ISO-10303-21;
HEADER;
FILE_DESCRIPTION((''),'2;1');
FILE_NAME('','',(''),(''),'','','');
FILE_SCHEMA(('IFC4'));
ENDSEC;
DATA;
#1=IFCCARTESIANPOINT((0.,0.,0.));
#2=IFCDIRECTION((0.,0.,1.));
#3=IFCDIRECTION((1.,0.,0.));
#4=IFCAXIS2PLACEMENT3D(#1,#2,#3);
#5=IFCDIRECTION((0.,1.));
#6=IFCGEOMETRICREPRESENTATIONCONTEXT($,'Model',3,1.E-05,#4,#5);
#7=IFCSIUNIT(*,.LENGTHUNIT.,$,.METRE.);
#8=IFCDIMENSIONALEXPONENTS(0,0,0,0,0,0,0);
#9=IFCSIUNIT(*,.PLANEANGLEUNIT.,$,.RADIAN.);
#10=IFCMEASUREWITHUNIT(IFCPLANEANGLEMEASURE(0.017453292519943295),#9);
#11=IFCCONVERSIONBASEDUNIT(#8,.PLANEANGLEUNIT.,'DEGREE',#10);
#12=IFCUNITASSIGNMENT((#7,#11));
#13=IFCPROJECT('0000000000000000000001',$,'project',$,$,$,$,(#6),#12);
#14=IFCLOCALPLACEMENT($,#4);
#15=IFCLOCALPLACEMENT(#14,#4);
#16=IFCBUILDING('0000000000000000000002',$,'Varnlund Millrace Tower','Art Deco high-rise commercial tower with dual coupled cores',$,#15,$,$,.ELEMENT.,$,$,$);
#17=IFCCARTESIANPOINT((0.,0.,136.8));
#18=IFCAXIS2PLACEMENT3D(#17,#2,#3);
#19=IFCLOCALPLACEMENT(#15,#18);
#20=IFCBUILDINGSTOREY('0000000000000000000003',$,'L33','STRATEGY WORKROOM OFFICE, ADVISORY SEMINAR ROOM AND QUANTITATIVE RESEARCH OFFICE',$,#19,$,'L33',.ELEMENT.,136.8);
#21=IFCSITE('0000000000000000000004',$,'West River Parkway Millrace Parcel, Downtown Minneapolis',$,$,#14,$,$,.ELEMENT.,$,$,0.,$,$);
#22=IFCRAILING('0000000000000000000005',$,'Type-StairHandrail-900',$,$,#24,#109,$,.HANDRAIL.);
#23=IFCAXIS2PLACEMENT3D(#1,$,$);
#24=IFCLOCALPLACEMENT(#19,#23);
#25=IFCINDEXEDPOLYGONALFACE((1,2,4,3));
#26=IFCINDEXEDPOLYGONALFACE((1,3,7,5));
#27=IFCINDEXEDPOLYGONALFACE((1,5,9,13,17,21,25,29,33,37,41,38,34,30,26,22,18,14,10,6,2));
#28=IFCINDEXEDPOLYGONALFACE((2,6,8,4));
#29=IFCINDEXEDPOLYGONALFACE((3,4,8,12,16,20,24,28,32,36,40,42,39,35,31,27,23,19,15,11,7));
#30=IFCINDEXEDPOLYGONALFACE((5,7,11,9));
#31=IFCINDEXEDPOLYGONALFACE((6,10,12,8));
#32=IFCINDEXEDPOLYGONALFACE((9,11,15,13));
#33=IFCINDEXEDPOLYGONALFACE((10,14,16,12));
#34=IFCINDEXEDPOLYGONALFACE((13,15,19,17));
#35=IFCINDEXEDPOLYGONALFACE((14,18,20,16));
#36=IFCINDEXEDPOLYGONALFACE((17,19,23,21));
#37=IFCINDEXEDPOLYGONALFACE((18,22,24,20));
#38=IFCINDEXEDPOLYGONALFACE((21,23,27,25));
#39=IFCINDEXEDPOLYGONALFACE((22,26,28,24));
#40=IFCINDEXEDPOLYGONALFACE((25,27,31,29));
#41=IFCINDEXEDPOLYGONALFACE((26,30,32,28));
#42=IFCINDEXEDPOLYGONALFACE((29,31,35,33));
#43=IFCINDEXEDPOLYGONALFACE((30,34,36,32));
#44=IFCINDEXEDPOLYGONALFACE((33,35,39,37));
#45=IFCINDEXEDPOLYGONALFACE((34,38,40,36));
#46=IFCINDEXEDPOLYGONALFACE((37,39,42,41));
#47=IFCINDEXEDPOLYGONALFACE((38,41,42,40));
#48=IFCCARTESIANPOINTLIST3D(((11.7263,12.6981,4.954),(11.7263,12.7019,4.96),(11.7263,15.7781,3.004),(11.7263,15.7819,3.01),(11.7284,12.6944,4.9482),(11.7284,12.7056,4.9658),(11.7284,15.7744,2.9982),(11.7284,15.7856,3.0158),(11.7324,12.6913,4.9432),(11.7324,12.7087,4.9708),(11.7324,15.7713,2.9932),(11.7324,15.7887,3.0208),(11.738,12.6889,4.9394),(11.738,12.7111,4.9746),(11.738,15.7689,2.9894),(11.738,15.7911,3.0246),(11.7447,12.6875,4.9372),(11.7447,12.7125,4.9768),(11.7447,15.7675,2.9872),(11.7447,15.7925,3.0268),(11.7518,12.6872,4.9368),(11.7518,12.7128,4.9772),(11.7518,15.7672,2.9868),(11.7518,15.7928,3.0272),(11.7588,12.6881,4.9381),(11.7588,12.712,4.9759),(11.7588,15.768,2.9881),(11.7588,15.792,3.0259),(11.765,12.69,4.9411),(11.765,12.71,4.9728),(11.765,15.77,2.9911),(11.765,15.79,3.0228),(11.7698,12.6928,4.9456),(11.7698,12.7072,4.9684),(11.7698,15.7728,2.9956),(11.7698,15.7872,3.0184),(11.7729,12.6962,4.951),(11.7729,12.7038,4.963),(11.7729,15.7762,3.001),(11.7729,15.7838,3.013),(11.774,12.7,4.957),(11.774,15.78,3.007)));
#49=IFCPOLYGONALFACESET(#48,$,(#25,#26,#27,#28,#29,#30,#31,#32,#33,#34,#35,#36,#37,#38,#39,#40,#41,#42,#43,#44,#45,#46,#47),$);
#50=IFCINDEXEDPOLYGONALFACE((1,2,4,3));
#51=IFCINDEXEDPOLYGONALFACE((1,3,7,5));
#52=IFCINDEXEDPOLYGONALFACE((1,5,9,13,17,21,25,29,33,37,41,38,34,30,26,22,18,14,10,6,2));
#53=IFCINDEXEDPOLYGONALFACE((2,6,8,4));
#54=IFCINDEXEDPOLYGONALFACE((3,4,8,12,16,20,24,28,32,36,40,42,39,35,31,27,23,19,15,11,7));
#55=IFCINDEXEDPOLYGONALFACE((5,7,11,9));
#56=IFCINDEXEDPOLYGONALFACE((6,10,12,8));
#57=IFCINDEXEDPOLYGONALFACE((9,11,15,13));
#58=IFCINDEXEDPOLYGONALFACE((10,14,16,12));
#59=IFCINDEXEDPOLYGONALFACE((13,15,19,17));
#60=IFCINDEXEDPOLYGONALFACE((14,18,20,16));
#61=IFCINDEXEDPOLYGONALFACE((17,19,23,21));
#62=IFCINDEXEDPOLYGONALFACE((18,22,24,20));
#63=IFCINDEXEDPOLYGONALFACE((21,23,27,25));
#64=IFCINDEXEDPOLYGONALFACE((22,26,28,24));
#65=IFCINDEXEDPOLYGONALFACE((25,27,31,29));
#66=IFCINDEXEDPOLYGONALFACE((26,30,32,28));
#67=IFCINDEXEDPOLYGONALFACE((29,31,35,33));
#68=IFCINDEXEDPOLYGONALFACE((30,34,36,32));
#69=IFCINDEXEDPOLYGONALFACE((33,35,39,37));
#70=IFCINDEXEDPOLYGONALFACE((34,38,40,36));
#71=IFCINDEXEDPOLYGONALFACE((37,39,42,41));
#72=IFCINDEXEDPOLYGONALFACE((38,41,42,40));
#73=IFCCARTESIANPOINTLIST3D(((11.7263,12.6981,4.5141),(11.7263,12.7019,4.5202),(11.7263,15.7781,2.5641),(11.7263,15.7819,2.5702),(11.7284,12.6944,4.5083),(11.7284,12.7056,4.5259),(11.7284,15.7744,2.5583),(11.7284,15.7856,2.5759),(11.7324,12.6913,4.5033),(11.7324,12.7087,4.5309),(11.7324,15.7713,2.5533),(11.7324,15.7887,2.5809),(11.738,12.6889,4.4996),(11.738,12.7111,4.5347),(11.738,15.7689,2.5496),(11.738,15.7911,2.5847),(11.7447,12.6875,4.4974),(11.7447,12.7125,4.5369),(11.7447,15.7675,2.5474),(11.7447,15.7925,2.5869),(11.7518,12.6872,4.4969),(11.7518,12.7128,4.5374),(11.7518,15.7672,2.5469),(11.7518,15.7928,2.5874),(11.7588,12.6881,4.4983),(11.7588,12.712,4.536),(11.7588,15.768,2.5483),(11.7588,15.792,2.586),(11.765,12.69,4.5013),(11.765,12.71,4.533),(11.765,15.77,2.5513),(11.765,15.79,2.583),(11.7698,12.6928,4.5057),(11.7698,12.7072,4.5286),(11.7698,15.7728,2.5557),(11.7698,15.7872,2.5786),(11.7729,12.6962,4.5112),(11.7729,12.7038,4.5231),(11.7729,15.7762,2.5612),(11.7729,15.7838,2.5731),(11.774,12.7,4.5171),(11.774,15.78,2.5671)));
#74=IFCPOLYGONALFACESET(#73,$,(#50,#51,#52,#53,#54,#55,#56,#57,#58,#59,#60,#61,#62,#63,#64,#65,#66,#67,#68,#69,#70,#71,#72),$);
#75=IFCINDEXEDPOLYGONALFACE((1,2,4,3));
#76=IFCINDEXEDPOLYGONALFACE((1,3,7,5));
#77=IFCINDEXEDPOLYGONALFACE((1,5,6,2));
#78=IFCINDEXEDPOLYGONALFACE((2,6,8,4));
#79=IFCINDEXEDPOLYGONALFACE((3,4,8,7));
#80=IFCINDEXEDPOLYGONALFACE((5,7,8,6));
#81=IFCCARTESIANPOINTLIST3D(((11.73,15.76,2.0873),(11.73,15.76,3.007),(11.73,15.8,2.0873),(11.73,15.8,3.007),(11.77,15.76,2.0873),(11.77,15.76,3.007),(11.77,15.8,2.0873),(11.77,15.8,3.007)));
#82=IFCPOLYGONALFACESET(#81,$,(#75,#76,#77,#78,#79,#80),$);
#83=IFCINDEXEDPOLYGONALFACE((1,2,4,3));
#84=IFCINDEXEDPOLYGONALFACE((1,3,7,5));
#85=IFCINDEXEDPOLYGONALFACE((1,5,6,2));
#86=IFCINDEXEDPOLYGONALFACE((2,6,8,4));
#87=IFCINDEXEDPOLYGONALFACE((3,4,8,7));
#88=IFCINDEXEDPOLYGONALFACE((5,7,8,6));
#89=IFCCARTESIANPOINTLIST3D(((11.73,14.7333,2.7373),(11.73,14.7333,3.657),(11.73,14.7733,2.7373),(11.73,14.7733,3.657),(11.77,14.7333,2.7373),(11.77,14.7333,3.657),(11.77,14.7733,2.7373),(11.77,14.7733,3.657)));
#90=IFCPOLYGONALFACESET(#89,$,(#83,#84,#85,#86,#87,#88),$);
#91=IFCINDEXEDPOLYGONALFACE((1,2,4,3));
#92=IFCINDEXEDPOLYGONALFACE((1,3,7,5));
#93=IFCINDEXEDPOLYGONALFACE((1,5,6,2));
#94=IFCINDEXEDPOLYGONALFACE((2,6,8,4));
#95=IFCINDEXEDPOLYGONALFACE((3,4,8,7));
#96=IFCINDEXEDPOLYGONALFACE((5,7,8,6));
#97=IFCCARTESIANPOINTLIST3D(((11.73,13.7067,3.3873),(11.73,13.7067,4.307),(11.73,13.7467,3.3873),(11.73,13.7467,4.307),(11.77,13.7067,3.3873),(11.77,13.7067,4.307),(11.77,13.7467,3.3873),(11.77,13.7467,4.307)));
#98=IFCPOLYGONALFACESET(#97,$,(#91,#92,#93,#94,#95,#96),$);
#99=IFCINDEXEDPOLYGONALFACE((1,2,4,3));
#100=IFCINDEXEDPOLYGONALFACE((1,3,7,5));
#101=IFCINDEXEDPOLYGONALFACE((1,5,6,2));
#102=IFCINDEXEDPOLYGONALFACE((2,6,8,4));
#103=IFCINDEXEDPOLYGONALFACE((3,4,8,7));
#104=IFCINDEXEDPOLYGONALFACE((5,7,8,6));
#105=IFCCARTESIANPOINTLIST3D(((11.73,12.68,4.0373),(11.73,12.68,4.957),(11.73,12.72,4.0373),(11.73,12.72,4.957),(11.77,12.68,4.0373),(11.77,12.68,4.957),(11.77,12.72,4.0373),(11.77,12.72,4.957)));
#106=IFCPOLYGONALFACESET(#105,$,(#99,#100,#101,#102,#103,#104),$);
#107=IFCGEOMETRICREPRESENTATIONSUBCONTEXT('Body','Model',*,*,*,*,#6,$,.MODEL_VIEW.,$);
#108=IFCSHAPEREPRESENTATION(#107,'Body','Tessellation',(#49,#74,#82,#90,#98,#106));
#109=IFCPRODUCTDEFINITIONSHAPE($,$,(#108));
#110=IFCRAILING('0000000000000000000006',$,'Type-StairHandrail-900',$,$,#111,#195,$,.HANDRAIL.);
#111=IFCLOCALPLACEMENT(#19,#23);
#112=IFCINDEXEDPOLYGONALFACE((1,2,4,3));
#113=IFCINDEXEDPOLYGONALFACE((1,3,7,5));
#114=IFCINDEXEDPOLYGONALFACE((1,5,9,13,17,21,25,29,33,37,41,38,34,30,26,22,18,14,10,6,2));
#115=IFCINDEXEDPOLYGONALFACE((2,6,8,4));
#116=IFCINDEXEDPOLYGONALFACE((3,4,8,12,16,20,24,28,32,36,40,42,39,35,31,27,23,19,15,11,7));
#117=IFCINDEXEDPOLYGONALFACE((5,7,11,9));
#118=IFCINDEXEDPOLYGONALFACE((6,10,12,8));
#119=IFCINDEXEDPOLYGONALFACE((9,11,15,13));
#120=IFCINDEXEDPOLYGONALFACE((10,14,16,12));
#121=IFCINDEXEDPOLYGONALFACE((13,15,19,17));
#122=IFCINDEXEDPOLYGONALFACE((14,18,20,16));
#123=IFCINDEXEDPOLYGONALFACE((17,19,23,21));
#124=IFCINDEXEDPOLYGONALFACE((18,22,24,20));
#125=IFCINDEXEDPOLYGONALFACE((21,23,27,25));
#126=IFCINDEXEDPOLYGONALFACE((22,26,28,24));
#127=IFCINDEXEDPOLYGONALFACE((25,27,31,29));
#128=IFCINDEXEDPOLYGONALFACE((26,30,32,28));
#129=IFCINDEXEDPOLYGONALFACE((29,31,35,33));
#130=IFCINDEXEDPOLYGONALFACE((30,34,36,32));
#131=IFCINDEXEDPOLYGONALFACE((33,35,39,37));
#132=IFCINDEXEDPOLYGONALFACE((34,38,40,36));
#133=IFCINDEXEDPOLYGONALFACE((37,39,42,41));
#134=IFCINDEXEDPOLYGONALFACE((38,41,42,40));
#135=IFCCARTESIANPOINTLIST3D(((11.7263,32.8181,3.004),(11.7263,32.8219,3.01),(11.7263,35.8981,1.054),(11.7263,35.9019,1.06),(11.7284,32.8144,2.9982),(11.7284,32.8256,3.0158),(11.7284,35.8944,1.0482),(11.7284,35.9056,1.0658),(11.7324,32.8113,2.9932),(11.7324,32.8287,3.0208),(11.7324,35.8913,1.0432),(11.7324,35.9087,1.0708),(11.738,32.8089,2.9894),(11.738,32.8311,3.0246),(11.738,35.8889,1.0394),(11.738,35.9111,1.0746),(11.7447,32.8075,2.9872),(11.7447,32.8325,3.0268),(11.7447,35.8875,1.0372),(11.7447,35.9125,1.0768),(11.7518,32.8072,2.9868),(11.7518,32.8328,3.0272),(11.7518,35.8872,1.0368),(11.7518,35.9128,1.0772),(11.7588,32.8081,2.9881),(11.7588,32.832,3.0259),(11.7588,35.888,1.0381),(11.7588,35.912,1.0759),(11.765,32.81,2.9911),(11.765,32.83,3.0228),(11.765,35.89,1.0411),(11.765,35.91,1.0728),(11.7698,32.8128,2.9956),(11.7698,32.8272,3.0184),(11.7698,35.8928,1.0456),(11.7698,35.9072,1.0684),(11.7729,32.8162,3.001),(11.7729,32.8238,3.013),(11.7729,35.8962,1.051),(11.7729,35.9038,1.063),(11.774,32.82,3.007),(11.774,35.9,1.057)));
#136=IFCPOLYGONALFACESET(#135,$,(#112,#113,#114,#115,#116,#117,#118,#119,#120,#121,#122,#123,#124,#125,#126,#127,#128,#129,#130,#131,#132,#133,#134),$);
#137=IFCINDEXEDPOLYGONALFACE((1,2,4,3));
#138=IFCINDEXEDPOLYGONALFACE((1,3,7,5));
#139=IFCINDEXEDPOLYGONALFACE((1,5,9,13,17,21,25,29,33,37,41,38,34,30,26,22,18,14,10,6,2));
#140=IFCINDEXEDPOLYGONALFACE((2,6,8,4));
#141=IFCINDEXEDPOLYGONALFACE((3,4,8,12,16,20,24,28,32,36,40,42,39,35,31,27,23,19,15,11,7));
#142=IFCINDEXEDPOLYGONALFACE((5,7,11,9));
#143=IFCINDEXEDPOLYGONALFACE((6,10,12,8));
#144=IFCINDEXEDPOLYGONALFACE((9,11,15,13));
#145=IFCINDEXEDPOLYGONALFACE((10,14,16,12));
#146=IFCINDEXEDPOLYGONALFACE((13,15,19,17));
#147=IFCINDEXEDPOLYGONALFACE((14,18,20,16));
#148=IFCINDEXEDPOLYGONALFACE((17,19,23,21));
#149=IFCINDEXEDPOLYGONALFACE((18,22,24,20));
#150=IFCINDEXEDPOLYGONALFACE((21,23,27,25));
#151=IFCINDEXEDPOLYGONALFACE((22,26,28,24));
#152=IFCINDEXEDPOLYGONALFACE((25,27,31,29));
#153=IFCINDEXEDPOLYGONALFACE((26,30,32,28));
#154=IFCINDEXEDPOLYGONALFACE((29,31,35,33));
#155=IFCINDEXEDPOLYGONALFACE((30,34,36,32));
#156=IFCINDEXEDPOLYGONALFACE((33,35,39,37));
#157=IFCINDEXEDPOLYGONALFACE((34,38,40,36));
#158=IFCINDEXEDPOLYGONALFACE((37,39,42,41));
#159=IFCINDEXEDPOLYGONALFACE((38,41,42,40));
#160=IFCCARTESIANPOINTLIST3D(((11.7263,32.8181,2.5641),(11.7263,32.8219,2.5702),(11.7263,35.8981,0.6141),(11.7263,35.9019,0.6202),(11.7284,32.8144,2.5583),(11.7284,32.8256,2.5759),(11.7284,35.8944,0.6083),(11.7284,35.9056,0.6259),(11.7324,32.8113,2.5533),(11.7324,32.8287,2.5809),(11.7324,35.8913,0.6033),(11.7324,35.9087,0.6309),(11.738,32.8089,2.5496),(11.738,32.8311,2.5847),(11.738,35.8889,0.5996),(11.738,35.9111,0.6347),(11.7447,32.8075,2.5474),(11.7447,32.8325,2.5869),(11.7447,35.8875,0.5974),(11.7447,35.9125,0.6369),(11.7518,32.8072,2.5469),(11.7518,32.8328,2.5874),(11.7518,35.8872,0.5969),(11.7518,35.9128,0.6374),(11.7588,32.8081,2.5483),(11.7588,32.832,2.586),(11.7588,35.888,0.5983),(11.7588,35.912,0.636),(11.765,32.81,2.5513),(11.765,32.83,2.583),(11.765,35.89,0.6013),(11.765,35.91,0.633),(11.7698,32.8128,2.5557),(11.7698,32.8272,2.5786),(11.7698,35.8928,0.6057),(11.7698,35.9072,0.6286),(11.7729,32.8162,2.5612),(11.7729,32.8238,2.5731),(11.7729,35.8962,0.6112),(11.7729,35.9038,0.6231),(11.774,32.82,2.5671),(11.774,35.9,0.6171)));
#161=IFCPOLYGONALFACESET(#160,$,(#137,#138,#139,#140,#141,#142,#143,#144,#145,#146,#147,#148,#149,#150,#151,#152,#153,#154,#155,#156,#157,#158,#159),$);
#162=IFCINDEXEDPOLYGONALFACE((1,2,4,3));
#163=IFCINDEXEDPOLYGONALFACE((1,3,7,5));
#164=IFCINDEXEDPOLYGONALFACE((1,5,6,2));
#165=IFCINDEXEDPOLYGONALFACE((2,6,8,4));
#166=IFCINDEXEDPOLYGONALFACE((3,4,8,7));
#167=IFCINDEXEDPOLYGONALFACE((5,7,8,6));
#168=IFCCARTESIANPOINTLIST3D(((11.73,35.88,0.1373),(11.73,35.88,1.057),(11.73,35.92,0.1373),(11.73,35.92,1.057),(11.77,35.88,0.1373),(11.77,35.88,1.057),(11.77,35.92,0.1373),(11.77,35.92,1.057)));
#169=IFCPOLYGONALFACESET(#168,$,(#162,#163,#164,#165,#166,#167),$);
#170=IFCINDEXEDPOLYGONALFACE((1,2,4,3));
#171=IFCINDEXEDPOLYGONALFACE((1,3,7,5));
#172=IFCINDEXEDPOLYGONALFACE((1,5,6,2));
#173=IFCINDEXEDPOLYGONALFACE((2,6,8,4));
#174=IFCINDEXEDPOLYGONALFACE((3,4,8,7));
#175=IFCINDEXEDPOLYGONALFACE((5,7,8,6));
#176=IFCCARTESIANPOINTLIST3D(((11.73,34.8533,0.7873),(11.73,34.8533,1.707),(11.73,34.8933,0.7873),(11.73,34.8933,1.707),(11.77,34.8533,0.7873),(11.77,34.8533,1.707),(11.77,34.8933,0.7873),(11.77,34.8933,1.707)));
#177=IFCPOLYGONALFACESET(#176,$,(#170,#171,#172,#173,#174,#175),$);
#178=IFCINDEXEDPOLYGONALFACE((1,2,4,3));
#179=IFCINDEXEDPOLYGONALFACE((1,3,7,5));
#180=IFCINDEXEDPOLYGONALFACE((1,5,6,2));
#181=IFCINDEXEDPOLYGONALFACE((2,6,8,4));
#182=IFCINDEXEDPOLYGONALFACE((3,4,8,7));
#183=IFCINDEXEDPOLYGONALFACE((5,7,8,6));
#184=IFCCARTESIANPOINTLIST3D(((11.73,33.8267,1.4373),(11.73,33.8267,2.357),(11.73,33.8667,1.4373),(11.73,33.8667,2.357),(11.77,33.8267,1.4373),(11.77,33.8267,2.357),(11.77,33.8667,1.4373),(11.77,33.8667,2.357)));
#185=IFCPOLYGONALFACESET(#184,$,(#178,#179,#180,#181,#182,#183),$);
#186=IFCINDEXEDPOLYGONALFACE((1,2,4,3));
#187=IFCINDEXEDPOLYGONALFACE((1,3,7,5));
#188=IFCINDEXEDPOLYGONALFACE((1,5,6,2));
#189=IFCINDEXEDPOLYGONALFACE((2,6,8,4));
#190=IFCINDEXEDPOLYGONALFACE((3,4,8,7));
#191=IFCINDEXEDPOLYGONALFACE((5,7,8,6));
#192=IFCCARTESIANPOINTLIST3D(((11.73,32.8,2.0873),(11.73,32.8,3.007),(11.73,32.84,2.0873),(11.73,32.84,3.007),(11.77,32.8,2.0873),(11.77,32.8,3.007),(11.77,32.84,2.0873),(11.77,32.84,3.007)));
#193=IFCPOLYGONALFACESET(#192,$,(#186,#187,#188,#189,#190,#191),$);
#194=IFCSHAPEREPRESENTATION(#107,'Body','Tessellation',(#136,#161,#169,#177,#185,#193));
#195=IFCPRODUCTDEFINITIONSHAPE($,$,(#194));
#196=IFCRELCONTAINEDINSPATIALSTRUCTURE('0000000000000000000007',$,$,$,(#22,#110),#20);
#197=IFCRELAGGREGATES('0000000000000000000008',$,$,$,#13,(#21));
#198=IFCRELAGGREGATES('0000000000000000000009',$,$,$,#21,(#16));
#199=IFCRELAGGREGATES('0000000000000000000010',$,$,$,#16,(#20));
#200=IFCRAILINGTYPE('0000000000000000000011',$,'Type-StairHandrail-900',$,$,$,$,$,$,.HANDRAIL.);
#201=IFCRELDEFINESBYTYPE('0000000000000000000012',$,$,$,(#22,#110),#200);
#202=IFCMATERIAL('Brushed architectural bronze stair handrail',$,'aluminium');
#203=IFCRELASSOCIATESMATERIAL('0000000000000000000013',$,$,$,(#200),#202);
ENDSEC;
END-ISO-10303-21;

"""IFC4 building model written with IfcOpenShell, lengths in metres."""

from ifc_helpers import new_model, entity, si_unit, converted_unit, direction, frame, origin_with_axes, origin_2d_with_axis, place, context, subcontext, project, spatial, rectangle, circle, extrude, material, type_object, element, save


model = new_model("IFC4")

# Units and contexts
model_context = context("Model", 3, precision=1e-05, world=origin_with_axes(), true_north=direction((0.0, 1.0)))
body_context = subcontext(model_context, "Body", "Model", "MODEL_VIEW")
ifc_project = project(units=[si_unit("LENGTHUNIT", "METRE"), converted_unit("PLANEANGLEUNIT", "DEGREE", entity("IfcPlaneAngleMeasure", 0.017453292519943295), si_unit("PLANEANGLEUNIT", "RADIAN"), dimensions=[0, 0, 0, 0, 0, 0, 0])], contexts=[model_context])

# Site, building, storey
site_placement = place(None, origin_with_axes())
site = spatial("IfcSite", under=ifc_project, at=site_placement, Name="West River Parkway Millrace Parcel, Downtown Minneapolis", CompositionType="ELEMENT", RefElevation=0.0)
building_placement = place(site_placement, origin_with_axes())
building = spatial("IfcBuilding", under=site, at=building_placement, Name="Varnlund Millrace Tower", Description="Art Deco high-rise commercial tower with dual coupled cores", CompositionType="ELEMENT")
storey_placement = place(building_placement, frame((0.0, 0.0, 136.8), z_axis=(0.0, 0.0, 1.0), x_axis=(1.0, 0.0, 0.0)))
storey = spatial("IfcBuildingStorey", under=building, at=storey_placement, Name="L33", Description="STRATEGY WORKROOM OFFICE, ADVISORY SEMINAR ROOM AND QUANTITATIVE RESEARCH OFFICE", LongName="L33", CompositionType="ELEMENT", Elevation=136.8)

# Railings
ifc_material_1 = material(Name="Brushed architectural bronze stair handrail", Category="aluminium")
railing_type_1 = type_object("IfcRailingType", Name="Type-StairHandrail-900", PredefinedType="HANDRAIL", material=ifc_material_1)
railing_1_placement = place(storey_placement, frame((0.0, 0.0, -136.8), z_axis=(0.0, 0.0, 1.0), x_axis=(1.0, 0.0, 0.0)))
element("IfcRailing", 1, at=railing_1_placement, inside=storey, type_object=railing_type_1, Name="Type-StairHandrail-900", PredefinedType="HANDRAIL", context=body_context, shape_type="SweptSolid", body=[
    extrude(circle(Radius=0.024, at=origin_2d_with_axis()), frame((11.75, 15.78, 139.807), z_axis=(0.0, -0.844902, 0.534922), x_axis=(1.0, 0.0, 0.0)), (0.0, 0.0, 1.0), 3.6454),
    extrude(circle(Radius=0.024, at=origin_2d_with_axis()), frame((11.75, 15.78, 139.3671), z_axis=(0.0, -0.844902, 0.534922), x_axis=(1.0, 0.0, 0.0)), (0.0, 0.0, 1.0), 3.6454),
    extrude(rectangle(XDim=0.04, YDim=0.04, at=origin_2d_with_axis()), frame((11.75, 15.78, 138.8873), z_axis=(0.0, 0.0, 1.0), x_axis=(1.0, 0.0, 0.0)), (0.0, 0.0, 1.0), 0.9197),
    extrude(rectangle(XDim=0.04, YDim=0.04, at=origin_2d_with_axis()), frame((11.75, 14.7533, 139.5373), z_axis=(0.0, 0.0, 1.0), x_axis=(1.0, 0.0, 0.0)), (0.0, 0.0, 1.0), 0.9197),
    extrude(rectangle(XDim=0.04, YDim=0.04, at=origin_2d_with_axis()), frame((11.75, 13.7267, 140.1873), z_axis=(0.0, 0.0, 1.0), x_axis=(1.0, 0.0, 0.0)), (0.0, 0.0, 1.0), 0.9197),
    extrude(rectangle(XDim=0.04, YDim=0.04, at=origin_2d_with_axis()), frame((11.75, 12.7, 140.8373), z_axis=(0.0, 0.0, 1.0), x_axis=(1.0, 0.0, 0.0)), (0.0, 0.0, 1.0), 0.9197),
])
railing_2_placement = place(storey_placement, frame((0.0, 0.0, -136.8), z_axis=(0.0, 0.0, 1.0), x_axis=(1.0, 0.0, 0.0)))
element("IfcRailing", 2, at=railing_2_placement, inside=storey, type_object=railing_type_1, Name="Type-StairHandrail-900", PredefinedType="HANDRAIL", context=body_context, shape_type="SweptSolid", body=[
    extrude(circle(Radius=0.024, at=origin_2d_with_axis()), frame((11.75, 35.9, 137.857), z_axis=(0.0, -0.844902, 0.534922), x_axis=(1.0, 0.0, 0.0)), (0.0, 0.0, 1.0), 3.6454),
    extrude(circle(Radius=0.024, at=origin_2d_with_axis()), frame((11.75, 35.9, 137.4171), z_axis=(0.0, -0.844902, 0.534922), x_axis=(1.0, 0.0, 0.0)), (0.0, 0.0, 1.0), 3.6454),
    extrude(rectangle(XDim=0.04, YDim=0.04, at=origin_2d_with_axis()), frame((11.75, 35.9, 136.9373), z_axis=(0.0, 0.0, 1.0), x_axis=(1.0, 0.0, 0.0)), (0.0, 0.0, 1.0), 0.9197),
    extrude(rectangle(XDim=0.04, YDim=0.04, at=origin_2d_with_axis()), frame((11.75, 34.8733, 137.5873), z_axis=(0.0, 0.0, 1.0), x_axis=(1.0, 0.0, 0.0)), (0.0, 0.0, 1.0), 0.9197),
    extrude(rectangle(XDim=0.04, YDim=0.04, at=origin_2d_with_axis()), frame((11.75, 33.8467, 138.2373), z_axis=(0.0, 0.0, 1.0), x_axis=(1.0, 0.0, 0.0)), (0.0, 0.0, 1.0), 0.9197),
    extrude(rectangle(XDim=0.04, YDim=0.04, at=origin_2d_with_axis()), frame((11.75, 32.82, 138.8873), z_axis=(0.0, 0.0, 1.0), x_axis=(1.0, 0.0, 0.0)), (0.0, 0.0, 1.0), 0.9197),
])

save(model, "model.ifc")
